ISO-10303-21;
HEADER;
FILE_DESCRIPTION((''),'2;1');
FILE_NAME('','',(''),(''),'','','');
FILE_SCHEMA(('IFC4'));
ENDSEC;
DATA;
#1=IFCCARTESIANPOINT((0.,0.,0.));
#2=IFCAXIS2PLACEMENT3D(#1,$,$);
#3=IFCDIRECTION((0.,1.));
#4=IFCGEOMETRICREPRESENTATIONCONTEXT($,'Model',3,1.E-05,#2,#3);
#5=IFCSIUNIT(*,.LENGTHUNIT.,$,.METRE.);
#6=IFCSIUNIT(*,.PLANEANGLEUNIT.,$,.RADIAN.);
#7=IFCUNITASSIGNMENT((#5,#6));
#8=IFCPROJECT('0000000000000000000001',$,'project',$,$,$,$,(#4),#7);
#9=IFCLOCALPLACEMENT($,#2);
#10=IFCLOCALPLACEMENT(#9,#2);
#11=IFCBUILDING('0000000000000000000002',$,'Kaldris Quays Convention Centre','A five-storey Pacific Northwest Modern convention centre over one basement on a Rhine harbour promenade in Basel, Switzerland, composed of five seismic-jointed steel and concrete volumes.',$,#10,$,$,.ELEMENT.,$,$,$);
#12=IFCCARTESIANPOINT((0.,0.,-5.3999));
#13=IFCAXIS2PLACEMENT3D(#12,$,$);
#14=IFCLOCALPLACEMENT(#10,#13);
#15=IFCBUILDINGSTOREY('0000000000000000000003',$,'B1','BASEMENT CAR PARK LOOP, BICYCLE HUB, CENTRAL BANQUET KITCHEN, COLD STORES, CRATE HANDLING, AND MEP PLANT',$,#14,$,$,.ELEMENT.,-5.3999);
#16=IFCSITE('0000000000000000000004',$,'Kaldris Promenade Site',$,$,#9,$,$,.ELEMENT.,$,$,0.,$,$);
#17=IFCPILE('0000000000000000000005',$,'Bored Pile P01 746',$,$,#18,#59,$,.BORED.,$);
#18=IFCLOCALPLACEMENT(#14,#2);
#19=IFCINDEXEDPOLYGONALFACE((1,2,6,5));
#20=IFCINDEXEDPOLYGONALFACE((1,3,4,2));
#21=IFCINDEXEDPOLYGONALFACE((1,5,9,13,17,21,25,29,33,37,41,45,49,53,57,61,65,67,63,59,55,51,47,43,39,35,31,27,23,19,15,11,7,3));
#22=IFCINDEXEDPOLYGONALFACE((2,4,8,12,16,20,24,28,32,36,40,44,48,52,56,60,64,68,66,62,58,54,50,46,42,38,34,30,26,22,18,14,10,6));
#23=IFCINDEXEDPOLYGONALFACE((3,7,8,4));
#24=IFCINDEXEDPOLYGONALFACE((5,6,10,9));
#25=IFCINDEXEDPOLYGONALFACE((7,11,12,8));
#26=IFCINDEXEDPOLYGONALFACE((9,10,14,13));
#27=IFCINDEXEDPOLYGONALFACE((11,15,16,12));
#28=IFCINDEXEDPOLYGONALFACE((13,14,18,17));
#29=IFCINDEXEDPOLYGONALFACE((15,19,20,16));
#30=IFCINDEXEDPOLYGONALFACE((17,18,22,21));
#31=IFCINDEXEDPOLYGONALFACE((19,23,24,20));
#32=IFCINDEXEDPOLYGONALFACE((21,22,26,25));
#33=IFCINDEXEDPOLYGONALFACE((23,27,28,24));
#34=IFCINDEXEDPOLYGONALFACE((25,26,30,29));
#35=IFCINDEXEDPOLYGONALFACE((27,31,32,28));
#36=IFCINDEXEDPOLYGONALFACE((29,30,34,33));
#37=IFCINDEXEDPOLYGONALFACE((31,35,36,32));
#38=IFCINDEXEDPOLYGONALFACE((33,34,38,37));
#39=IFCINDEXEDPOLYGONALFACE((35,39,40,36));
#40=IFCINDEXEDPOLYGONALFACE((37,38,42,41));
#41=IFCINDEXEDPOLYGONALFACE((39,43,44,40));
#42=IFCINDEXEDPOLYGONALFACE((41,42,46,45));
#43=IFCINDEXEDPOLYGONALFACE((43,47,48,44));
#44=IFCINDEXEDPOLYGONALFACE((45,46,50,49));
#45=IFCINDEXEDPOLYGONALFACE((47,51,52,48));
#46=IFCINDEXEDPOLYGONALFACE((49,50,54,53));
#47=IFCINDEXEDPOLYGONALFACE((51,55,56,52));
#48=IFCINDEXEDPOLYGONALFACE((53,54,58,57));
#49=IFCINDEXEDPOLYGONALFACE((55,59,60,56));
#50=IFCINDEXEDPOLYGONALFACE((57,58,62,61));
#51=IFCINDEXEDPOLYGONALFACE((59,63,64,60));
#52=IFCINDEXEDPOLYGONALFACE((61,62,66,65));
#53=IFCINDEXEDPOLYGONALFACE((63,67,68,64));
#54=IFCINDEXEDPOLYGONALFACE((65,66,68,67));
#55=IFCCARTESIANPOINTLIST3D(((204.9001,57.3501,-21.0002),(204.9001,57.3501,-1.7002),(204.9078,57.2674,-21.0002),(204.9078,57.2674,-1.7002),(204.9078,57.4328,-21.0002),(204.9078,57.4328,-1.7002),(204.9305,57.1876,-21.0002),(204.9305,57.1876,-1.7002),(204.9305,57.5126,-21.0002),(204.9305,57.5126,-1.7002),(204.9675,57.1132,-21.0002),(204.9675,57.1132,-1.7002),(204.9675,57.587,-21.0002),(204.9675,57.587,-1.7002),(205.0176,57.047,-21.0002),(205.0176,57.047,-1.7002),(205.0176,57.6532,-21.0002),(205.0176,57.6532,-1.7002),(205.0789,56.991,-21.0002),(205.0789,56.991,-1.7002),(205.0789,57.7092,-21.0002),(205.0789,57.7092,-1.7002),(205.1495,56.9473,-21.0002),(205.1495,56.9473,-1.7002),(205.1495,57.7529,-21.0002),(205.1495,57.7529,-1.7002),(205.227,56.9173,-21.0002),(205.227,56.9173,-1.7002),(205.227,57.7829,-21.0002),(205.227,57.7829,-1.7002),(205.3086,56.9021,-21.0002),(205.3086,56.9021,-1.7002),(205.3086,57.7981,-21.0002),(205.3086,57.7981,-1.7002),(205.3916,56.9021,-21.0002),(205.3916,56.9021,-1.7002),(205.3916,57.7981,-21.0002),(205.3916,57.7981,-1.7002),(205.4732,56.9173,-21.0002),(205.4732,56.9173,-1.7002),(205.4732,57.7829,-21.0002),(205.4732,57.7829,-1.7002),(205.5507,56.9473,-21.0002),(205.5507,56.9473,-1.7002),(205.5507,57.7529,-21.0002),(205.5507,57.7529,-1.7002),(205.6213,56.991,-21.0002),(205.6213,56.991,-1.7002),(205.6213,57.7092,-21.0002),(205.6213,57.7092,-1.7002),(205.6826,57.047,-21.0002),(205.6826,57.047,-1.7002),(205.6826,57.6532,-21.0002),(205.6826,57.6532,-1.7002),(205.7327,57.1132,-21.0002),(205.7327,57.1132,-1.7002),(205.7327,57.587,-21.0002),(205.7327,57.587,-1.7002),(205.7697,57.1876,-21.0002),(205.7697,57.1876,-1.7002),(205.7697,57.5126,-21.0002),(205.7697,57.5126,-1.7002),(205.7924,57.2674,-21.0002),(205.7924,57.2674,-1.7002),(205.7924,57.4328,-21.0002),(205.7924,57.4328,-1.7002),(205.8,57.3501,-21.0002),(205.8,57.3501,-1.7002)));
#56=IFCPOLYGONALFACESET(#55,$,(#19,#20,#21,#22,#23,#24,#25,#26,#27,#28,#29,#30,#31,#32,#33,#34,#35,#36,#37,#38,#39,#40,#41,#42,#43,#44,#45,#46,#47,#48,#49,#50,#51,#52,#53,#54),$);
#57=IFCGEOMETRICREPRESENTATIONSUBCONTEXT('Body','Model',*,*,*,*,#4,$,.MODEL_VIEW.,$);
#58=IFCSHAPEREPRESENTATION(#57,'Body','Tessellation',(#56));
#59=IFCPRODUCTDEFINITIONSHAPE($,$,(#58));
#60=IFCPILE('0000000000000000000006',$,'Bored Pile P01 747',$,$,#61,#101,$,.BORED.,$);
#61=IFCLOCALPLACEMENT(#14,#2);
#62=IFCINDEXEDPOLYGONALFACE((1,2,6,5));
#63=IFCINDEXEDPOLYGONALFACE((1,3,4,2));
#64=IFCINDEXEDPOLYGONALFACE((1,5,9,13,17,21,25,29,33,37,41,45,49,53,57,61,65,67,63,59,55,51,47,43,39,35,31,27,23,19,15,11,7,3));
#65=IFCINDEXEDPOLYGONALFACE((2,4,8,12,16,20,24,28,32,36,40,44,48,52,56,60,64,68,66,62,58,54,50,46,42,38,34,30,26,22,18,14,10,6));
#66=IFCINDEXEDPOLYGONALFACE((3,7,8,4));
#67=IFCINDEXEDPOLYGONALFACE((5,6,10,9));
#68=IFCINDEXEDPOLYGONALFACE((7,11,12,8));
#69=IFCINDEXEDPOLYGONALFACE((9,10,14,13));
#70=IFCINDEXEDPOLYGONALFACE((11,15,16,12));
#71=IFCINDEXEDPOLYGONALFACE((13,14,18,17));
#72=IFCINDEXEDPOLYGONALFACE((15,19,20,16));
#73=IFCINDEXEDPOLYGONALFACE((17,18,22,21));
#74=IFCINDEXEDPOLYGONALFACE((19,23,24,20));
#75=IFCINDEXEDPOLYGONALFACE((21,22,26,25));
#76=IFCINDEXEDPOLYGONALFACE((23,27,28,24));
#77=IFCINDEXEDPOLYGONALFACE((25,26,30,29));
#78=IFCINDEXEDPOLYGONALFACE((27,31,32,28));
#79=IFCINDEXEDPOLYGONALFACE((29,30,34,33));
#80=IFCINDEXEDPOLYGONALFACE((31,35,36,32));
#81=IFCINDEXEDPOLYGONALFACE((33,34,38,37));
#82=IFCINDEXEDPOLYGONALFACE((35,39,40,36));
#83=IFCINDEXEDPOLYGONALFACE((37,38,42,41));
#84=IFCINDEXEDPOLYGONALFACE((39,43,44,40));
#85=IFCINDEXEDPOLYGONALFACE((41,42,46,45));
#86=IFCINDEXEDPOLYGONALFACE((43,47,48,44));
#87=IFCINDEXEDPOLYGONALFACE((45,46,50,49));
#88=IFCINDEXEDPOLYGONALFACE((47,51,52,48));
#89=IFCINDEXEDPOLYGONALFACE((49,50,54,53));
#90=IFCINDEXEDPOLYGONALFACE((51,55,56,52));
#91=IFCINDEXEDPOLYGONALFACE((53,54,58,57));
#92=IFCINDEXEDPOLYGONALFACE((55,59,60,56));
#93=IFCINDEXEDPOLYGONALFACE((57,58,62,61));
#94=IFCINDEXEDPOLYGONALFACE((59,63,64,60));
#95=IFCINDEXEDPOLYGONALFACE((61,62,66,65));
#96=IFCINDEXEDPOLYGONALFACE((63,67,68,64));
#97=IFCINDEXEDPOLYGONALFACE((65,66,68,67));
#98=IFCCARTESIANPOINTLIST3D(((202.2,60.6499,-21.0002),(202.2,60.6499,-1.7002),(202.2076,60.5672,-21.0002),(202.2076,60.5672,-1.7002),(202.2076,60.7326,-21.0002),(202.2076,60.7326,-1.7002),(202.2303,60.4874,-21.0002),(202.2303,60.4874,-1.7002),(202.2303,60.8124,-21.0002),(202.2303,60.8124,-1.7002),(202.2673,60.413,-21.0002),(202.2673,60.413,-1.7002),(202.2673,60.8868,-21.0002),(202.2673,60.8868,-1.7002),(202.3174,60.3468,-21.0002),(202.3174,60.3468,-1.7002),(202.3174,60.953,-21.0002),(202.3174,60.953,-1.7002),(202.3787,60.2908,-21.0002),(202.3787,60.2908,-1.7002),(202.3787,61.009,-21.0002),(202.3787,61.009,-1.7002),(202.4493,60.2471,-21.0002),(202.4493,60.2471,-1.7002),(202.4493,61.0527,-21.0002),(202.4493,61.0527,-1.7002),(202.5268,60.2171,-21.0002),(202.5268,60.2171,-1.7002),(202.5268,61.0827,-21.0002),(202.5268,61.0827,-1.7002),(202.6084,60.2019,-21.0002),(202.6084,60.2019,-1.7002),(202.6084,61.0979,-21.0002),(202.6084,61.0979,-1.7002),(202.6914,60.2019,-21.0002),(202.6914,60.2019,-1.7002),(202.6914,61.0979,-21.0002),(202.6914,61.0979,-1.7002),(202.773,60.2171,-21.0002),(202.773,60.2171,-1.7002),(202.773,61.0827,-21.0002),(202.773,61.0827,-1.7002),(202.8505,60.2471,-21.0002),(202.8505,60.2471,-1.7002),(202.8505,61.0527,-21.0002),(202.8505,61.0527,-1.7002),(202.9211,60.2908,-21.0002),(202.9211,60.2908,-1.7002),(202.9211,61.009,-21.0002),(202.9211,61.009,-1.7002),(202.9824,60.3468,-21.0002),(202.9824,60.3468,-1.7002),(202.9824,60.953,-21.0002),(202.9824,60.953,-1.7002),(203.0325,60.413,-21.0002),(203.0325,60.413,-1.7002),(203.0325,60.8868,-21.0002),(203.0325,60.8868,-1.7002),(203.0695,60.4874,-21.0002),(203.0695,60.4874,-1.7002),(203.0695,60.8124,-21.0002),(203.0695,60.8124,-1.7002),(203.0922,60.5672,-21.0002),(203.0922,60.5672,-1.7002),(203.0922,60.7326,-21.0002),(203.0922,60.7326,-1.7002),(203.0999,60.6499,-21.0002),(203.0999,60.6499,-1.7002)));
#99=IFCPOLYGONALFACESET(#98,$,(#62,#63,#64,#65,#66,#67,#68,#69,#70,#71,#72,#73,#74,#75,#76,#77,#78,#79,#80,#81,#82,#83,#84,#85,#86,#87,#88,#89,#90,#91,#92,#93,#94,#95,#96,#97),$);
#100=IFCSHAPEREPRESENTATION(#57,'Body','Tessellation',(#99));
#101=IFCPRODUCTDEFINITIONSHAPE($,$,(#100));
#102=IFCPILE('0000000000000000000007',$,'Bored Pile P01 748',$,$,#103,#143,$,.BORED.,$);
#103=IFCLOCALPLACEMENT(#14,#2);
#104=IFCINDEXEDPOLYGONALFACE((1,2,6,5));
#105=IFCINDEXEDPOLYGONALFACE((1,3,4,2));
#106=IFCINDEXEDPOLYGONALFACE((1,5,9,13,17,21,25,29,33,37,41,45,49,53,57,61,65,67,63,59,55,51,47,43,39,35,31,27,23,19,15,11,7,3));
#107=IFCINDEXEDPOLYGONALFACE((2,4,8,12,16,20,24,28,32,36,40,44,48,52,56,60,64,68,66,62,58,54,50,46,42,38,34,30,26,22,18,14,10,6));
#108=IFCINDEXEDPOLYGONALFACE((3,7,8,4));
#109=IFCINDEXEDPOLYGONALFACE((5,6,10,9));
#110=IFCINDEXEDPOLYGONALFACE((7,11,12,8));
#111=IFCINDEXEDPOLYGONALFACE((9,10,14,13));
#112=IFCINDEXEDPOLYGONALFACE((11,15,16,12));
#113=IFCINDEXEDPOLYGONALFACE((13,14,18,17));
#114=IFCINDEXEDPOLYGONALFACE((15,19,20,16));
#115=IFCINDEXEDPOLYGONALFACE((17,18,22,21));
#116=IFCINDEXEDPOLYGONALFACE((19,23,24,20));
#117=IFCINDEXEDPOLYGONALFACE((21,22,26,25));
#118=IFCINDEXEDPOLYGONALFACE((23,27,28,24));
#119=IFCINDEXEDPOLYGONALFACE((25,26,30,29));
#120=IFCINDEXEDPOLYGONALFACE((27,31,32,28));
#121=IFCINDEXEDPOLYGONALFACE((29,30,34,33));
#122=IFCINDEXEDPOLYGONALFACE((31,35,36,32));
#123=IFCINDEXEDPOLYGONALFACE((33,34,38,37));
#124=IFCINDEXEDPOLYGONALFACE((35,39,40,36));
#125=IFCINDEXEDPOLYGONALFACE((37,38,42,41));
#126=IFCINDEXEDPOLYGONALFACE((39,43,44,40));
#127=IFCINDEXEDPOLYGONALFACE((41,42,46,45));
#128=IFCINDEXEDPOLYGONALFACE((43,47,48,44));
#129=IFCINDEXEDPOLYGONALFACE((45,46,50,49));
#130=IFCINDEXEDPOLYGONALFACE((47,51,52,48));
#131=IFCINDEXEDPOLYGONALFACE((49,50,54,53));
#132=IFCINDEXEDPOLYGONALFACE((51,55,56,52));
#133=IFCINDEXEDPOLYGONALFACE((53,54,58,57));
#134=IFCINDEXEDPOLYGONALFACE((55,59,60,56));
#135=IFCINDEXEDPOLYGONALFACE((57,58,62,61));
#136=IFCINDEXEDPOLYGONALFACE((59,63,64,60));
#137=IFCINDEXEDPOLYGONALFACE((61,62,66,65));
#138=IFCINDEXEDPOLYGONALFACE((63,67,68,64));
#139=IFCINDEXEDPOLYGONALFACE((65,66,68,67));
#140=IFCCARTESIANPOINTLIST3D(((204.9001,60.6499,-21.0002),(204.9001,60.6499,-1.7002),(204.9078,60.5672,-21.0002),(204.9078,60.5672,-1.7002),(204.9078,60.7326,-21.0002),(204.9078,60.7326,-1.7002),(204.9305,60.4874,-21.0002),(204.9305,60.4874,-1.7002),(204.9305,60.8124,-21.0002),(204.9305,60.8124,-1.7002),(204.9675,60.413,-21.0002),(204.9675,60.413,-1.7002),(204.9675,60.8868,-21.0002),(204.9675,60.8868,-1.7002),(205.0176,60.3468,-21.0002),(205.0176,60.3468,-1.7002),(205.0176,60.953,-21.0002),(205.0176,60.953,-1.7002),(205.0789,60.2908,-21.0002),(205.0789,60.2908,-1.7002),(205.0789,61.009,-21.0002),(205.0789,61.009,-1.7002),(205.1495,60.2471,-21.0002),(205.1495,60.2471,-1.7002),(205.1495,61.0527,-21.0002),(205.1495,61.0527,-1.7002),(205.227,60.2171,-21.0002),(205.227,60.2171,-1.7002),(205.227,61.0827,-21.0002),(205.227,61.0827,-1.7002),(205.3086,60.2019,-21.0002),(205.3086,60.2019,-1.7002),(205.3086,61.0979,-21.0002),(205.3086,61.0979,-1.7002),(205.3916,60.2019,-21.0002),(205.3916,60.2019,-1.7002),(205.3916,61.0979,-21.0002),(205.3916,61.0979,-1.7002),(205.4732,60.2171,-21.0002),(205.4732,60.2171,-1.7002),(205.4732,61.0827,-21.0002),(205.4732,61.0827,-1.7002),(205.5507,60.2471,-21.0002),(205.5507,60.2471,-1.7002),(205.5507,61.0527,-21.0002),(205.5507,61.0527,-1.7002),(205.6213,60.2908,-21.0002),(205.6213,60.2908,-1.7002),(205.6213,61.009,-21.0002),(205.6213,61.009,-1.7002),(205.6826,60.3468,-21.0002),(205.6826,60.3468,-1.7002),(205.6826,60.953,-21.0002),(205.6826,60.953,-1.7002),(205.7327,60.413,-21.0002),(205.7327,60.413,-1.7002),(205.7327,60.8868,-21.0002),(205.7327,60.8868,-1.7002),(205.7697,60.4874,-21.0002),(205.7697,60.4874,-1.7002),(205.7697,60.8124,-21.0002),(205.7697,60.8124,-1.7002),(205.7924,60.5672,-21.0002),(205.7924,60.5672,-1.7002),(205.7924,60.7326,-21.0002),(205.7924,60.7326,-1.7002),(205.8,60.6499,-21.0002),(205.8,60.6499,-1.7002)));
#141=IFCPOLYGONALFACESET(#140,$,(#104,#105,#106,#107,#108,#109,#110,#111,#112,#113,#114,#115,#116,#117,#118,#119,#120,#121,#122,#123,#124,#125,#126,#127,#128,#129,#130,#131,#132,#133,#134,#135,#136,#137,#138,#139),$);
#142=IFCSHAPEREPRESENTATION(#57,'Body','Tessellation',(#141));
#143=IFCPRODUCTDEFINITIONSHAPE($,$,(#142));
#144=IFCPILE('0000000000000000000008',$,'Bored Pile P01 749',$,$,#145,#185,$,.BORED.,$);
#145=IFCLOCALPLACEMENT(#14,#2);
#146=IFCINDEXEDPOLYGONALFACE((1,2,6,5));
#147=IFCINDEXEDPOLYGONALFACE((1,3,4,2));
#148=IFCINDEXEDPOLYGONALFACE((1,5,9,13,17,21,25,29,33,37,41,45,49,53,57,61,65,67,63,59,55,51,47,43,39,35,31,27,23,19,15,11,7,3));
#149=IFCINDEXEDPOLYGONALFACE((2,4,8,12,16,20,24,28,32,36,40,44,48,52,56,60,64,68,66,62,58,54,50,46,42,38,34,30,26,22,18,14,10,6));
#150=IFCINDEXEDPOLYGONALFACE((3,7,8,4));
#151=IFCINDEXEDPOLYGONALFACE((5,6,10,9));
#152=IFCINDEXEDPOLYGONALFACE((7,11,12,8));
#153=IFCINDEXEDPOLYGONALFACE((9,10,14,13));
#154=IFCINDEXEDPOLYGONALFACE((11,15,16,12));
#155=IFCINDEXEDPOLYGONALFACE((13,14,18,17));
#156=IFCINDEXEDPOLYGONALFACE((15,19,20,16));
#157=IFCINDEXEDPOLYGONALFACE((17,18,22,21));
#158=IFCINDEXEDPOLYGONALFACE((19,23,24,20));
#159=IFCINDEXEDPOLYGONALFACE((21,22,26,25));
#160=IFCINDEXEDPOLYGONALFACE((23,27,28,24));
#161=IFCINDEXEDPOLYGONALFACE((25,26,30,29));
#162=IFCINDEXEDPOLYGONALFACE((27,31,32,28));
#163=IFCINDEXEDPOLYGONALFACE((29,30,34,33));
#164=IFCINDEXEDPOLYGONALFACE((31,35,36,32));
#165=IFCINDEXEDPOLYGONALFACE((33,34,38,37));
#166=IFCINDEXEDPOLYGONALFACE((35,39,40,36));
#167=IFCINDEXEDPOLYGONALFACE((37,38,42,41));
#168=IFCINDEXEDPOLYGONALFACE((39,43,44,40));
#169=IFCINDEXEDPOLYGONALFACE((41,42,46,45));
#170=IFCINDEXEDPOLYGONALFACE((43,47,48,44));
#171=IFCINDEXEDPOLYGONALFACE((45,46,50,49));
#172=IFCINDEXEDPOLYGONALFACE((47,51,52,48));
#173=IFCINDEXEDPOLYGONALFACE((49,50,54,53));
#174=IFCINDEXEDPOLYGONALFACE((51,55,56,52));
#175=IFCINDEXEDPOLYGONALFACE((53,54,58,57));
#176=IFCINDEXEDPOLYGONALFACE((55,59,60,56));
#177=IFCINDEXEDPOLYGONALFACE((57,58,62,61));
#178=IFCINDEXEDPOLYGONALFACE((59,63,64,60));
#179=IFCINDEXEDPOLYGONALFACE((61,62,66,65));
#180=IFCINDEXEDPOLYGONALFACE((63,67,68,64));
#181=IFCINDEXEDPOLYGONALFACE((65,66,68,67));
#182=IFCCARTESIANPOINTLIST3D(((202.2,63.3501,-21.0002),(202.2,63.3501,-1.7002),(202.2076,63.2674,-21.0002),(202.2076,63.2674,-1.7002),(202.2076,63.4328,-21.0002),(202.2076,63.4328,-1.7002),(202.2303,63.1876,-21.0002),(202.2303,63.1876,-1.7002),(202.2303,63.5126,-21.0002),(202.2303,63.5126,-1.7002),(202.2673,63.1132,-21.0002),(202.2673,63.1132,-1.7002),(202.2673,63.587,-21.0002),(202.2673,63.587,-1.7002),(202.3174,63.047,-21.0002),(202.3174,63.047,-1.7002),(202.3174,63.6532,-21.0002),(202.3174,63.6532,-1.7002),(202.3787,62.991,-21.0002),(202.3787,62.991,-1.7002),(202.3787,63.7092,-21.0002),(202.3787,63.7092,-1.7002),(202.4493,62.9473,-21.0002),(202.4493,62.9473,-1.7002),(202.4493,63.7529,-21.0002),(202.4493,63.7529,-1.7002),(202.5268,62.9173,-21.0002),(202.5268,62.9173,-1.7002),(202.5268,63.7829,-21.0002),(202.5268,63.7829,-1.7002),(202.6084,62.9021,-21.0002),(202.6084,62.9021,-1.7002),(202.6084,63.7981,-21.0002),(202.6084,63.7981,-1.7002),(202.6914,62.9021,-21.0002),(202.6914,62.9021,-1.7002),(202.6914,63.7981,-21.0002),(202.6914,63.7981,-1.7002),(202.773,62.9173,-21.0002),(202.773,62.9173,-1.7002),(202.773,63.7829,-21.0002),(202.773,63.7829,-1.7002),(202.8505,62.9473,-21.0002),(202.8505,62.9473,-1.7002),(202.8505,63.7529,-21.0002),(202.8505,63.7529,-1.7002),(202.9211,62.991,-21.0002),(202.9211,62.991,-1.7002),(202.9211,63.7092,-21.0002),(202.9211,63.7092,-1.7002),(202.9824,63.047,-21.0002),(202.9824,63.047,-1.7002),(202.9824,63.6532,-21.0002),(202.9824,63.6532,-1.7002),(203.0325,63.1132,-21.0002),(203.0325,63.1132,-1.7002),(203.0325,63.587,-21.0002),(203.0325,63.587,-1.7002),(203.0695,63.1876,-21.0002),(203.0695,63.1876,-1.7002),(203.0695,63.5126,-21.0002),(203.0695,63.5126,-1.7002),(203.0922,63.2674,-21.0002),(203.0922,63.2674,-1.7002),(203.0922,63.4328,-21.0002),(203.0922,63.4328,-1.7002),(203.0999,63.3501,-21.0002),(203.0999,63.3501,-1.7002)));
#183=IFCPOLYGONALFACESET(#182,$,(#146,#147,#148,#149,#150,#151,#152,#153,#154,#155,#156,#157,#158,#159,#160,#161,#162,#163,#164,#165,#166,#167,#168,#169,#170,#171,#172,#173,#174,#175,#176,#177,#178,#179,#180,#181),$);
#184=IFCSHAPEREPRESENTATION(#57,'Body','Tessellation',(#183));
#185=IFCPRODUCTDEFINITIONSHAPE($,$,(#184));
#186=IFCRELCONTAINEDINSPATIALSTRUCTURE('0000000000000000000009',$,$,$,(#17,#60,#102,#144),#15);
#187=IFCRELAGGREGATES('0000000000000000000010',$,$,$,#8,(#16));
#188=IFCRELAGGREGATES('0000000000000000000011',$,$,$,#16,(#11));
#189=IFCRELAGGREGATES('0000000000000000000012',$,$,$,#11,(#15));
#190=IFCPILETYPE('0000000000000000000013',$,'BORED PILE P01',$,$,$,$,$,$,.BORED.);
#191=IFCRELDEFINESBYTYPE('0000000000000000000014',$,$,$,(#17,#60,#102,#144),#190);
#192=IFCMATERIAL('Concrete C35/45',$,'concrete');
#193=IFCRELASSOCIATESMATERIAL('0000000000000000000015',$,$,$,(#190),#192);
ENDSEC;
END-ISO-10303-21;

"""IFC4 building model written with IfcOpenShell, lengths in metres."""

from ifc_helpers import new_model, si_unit, direction, frame, origin, origin_2d, place, context, subcontext, project, spatial, circle, extrude, material, material_profile, profile_set, type_object, element, save


model = new_model("IFC4")

# Units and contexts
model_context = context("Model", 3, precision=1e-05, world=origin(), true_north=direction((0.0, 1.0)))
body_context = subcontext(model_context, "Body", "Model", "MODEL_VIEW")
ifc_project = project(units=[si_unit("LENGTHUNIT", "METRE"), si_unit("PLANEANGLEUNIT", "RADIAN")], contexts=[model_context])

# Site, building, storey
site_placement = place(None, origin())
site = spatial("IfcSite", under=ifc_project, at=site_placement, Name="Kaldris Promenade Site", CompositionType="ELEMENT", RefElevation=0.0)
building_placement = place(site_placement, origin())
building = spatial("IfcBuilding", under=site, at=building_placement, Name="Kaldris Quays Convention Centre", Description="A five-storey Pacific Northwest Modern convention centre over one basement on a Rhine harbour promenade in Basel, Switzerland, composed of five seismic-jointed steel and concrete volumes.", CompositionType="ELEMENT")
storey_placement = place(building_placement, frame((0.0, 0.0, -5.3999)))
storey = spatial("IfcBuildingStorey", under=building, at=storey_placement, Name="B1", Description="BASEMENT CAR PARK LOOP, BICYCLE HUB, CENTRAL BANQUET KITCHEN, COLD STORES, CRATE HANDLING, AND MEP PLANT", CompositionType="ELEMENT", Elevation=-5.3999)

# Piles
ifc_material_1 = material(Name="Concrete C35/45", Category="concrete")
ifc_material_profile_1 = material_profile(ifc_material_1, circle(Radius=0.45, at=origin_2d()), Name="BORED PILE D900")
ifc_profile_set_1 = profile_set([ifc_material_profile_1], Name="Concrete C35/45")
pile_type = type_object("IfcPileType", Name="BORED PILE P01", PredefinedType="BORED", material=ifc_profile_set_1)
for number, where, z_axis, x_axis, name in (
    (1, (205.3501, 57.3501, -1.7002), (0.0, 0.0, -1.0), (1.0, 0.0, 0.0), "Bored Pile P01 746"),
    (2, (202.6499, 60.6499, -1.7002), (0.0, 0.0, -1.0), (1.0, 0.0, 0.0), "Bored Pile P01 747"),
    (3, (205.3501, 60.6499, -1.7002), (0.0, 0.0, -1.0), (1.0, 0.0, 0.0), "Bored Pile P01 748"),
    (4, (202.6499, 63.3501, -1.7002), (0.0, 0.0, -1.0), (1.0, 0.0, 0.0), "Bored Pile P01 749"),
):
    element("IfcPile", number, at=place(storey_placement, frame(where, z_axis=z_axis, x_axis=x_axis)), inside=storey, type_object=pile_type, Name=name, PredefinedType="BORED", context=body_context, shape_type="SweptSolid", body=[
        extrude(circle(Radius=0.45, at=origin_2d()), origin(), (0.0, 0.0, 1.0), 19.3),
    ])

save(model, "model.ifc")
